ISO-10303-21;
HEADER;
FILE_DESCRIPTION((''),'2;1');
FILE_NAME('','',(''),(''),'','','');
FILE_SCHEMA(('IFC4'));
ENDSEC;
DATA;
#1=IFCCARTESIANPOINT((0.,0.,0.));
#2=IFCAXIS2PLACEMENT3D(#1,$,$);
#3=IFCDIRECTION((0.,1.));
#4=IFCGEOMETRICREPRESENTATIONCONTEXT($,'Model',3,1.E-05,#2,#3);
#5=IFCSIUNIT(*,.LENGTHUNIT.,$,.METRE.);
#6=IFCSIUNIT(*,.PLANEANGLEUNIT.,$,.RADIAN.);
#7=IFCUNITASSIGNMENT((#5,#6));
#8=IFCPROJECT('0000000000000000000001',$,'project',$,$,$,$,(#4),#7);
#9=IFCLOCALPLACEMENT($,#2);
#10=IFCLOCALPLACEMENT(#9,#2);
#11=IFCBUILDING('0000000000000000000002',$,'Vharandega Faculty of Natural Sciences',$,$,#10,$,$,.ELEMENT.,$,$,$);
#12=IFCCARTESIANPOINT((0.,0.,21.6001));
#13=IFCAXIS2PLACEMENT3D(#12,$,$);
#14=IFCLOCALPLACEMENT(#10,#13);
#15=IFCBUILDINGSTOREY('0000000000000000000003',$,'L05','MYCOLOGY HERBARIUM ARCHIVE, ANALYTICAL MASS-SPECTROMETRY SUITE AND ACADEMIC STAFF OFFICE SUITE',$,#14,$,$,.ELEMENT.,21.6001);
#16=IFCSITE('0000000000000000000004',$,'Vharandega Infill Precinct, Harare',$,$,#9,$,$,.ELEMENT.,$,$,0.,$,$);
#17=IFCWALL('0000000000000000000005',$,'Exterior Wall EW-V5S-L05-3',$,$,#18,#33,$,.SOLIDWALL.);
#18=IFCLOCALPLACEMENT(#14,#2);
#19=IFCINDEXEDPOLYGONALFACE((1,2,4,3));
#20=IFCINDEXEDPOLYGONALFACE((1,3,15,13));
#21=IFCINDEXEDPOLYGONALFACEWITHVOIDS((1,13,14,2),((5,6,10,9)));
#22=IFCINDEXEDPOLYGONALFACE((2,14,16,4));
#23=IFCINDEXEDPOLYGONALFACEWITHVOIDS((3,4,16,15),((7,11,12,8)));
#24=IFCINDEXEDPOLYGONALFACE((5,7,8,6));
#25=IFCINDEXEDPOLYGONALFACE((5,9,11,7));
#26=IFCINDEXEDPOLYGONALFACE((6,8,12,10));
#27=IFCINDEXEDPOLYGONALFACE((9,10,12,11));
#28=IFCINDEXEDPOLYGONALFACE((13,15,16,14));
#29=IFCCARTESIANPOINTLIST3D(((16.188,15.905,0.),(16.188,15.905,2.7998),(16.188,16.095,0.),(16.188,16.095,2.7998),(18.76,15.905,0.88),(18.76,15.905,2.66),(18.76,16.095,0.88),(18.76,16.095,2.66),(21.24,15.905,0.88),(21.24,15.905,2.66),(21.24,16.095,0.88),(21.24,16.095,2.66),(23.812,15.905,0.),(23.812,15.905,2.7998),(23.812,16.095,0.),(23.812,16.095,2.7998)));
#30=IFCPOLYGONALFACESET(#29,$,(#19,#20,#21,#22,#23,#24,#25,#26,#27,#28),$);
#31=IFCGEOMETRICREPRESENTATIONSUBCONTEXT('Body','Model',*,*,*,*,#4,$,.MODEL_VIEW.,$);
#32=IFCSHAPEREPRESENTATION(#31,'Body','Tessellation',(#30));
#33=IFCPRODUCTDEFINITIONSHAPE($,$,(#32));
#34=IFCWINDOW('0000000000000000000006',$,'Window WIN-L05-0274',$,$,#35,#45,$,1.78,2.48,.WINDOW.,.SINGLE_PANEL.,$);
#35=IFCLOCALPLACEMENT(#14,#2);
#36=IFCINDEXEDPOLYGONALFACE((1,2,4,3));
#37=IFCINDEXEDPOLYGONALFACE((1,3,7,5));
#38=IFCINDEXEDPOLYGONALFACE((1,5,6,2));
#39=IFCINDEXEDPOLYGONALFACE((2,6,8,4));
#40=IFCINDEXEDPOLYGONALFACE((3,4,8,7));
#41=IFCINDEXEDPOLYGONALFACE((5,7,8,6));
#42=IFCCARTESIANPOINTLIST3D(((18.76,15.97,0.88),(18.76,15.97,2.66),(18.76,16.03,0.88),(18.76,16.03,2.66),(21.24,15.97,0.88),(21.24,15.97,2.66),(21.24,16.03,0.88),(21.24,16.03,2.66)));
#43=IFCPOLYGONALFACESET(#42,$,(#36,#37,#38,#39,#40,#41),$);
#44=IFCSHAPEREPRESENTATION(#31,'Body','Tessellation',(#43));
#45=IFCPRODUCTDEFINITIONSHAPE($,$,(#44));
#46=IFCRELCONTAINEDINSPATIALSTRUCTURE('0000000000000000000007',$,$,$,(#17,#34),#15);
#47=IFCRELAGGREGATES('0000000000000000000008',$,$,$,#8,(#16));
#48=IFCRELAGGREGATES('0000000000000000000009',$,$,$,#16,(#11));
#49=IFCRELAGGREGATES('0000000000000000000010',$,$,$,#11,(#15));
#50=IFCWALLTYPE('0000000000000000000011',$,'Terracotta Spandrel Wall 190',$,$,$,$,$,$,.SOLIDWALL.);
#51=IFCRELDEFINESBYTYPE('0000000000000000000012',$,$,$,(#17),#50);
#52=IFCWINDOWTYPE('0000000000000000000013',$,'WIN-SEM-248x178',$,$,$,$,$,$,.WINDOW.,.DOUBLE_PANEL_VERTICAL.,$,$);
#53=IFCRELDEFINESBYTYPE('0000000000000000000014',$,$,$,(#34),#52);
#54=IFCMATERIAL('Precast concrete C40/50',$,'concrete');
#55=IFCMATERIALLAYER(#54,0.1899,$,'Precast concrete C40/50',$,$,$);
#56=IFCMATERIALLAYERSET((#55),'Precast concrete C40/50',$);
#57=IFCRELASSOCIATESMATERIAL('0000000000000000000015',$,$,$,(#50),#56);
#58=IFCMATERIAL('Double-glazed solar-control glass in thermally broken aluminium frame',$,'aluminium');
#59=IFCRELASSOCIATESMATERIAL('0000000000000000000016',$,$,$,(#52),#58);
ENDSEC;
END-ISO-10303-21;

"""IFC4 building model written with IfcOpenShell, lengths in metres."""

from ifc_helpers import new_model, si_unit, direction, frame, frame_2d, origin, place, context, subcontext, project, spatial, rectangle, extrude, material, layer, layer_set, type_object, element, fill, save


model = new_model("IFC4")

# Units and contexts
model_context = context("Model", 3, precision=1e-05, world=origin(), true_north=direction((0.0, 1.0)))
body_context = subcontext(model_context, "Body", "Model", "MODEL_VIEW")
ifc_project = project(units=[si_unit("LENGTHUNIT", "METRE"), si_unit("PLANEANGLEUNIT", "RADIAN")], contexts=[model_context])

# Site, building, storey
site_placement = place(None, origin())
site = spatial("IfcSite", under=ifc_project, at=site_placement, Name="Vharandega Infill Precinct, Harare", CompositionType="ELEMENT", RefElevation=0.0)
building_placement = place(site_placement, origin())
building = spatial("IfcBuilding", under=site, at=building_placement, Name="Vharandega Faculty of Natural Sciences", CompositionType="ELEMENT")
storey_placement = place(building_placement, frame((0.0, 0.0, 21.6001)))
storey = spatial("IfcBuildingStorey", under=building, at=storey_placement, Name="L05", Description="MYCOLOGY HERBARIUM ARCHIVE, ANALYTICAL MASS-SPECTROMETRY SUITE AND ACADEMIC STAFF OFFICE SUITE", CompositionType="ELEMENT", Elevation=21.6001)

# Wall, opening, window
ifc_material_1 = material(Name="Precast concrete C40/50", Category="concrete")
ifc_layer_1 = layer(ifc_material_1, 0.1899, Name="Precast concrete C40/50")
ifc_layer_set_1 = layer_set([ifc_layer_1], Name="Precast concrete C40/50")
wall_type = type_object("IfcWallType", Name="Terracotta Spandrel Wall 190", PredefinedType="SOLIDWALL", material=ifc_layer_set_1)
wall_1_placement = place(storey_placement, frame((23.812, 16.0, 0.0), z_axis=(0.0, 0.0, 1.0), x_axis=(-1.0, 0.0, 0.0)))
wall_1 = element("IfcWall", 1, at=wall_1_placement, inside=storey, type_object=wall_type, Name="Exterior Wall EW-V5S-L05-3", PredefinedType="SOLIDWALL", context=body_context, shape_type="SweptSolid", body=[
    extrude(rectangle(XDim=7.624, YDim=0.1899, at=frame_2d((3.812, 0.0))), origin(), (0.0, 0.0, 1.0), 2.7998),
])
opening_1_placement = place(wall_1_placement, frame((2.572, 0.0, 0.8799)))
opening_1 = element("IfcOpeningElement", 2, at=opening_1_placement, cuts=wall_1, PredefinedType="OPENING", context=body_context, shape_type="SweptSolid", body=[
    extrude(rectangle(XDim=2.48, YDim=1.78, at=frame_2d((1.24, 0.8901))), frame((0.0, 0.105, 0.0), z_axis=(0.0, -1.0, 0.0), x_axis=(1.0, 0.0, 0.0)), (0.0, 0.0, 1.0), 0.21),
])
ifc_material_2 = material(Name="Double-glazed solar-control glass in thermally broken aluminium frame", Category="aluminium")
window_type_1 = type_object("IfcWindowType", Name="WIN-SEM-248x178", PartitioningType="DOUBLE_PANEL_VERTICAL", PredefinedType="WINDOW", material=ifc_material_2)
window_1_placement = place(opening_1_placement, origin())
window_1 = element("IfcWindow", 3, at=window_1_placement, inside=storey, type_object=window_type_1, Name="Window WIN-L05-0274", OverallHeight=1.78, OverallWidth=2.48, PartitioningType="SINGLE_PANEL", PredefinedType="WINDOW", context=body_context, shape_type="SweptSolid", body=[
    extrude(rectangle(XDim=2.48, YDim=1.78, at=frame_2d((1.24, 0.8901))), frame((0.0, 0.03, 0.0), z_axis=(0.0, -1.0, 0.0), x_axis=(1.0, 0.0, 0.0)), (0.0, 0.0, 1.0), 0.0601),
])
fill(opening_1, window_1)

save(model, "model.ifc")
